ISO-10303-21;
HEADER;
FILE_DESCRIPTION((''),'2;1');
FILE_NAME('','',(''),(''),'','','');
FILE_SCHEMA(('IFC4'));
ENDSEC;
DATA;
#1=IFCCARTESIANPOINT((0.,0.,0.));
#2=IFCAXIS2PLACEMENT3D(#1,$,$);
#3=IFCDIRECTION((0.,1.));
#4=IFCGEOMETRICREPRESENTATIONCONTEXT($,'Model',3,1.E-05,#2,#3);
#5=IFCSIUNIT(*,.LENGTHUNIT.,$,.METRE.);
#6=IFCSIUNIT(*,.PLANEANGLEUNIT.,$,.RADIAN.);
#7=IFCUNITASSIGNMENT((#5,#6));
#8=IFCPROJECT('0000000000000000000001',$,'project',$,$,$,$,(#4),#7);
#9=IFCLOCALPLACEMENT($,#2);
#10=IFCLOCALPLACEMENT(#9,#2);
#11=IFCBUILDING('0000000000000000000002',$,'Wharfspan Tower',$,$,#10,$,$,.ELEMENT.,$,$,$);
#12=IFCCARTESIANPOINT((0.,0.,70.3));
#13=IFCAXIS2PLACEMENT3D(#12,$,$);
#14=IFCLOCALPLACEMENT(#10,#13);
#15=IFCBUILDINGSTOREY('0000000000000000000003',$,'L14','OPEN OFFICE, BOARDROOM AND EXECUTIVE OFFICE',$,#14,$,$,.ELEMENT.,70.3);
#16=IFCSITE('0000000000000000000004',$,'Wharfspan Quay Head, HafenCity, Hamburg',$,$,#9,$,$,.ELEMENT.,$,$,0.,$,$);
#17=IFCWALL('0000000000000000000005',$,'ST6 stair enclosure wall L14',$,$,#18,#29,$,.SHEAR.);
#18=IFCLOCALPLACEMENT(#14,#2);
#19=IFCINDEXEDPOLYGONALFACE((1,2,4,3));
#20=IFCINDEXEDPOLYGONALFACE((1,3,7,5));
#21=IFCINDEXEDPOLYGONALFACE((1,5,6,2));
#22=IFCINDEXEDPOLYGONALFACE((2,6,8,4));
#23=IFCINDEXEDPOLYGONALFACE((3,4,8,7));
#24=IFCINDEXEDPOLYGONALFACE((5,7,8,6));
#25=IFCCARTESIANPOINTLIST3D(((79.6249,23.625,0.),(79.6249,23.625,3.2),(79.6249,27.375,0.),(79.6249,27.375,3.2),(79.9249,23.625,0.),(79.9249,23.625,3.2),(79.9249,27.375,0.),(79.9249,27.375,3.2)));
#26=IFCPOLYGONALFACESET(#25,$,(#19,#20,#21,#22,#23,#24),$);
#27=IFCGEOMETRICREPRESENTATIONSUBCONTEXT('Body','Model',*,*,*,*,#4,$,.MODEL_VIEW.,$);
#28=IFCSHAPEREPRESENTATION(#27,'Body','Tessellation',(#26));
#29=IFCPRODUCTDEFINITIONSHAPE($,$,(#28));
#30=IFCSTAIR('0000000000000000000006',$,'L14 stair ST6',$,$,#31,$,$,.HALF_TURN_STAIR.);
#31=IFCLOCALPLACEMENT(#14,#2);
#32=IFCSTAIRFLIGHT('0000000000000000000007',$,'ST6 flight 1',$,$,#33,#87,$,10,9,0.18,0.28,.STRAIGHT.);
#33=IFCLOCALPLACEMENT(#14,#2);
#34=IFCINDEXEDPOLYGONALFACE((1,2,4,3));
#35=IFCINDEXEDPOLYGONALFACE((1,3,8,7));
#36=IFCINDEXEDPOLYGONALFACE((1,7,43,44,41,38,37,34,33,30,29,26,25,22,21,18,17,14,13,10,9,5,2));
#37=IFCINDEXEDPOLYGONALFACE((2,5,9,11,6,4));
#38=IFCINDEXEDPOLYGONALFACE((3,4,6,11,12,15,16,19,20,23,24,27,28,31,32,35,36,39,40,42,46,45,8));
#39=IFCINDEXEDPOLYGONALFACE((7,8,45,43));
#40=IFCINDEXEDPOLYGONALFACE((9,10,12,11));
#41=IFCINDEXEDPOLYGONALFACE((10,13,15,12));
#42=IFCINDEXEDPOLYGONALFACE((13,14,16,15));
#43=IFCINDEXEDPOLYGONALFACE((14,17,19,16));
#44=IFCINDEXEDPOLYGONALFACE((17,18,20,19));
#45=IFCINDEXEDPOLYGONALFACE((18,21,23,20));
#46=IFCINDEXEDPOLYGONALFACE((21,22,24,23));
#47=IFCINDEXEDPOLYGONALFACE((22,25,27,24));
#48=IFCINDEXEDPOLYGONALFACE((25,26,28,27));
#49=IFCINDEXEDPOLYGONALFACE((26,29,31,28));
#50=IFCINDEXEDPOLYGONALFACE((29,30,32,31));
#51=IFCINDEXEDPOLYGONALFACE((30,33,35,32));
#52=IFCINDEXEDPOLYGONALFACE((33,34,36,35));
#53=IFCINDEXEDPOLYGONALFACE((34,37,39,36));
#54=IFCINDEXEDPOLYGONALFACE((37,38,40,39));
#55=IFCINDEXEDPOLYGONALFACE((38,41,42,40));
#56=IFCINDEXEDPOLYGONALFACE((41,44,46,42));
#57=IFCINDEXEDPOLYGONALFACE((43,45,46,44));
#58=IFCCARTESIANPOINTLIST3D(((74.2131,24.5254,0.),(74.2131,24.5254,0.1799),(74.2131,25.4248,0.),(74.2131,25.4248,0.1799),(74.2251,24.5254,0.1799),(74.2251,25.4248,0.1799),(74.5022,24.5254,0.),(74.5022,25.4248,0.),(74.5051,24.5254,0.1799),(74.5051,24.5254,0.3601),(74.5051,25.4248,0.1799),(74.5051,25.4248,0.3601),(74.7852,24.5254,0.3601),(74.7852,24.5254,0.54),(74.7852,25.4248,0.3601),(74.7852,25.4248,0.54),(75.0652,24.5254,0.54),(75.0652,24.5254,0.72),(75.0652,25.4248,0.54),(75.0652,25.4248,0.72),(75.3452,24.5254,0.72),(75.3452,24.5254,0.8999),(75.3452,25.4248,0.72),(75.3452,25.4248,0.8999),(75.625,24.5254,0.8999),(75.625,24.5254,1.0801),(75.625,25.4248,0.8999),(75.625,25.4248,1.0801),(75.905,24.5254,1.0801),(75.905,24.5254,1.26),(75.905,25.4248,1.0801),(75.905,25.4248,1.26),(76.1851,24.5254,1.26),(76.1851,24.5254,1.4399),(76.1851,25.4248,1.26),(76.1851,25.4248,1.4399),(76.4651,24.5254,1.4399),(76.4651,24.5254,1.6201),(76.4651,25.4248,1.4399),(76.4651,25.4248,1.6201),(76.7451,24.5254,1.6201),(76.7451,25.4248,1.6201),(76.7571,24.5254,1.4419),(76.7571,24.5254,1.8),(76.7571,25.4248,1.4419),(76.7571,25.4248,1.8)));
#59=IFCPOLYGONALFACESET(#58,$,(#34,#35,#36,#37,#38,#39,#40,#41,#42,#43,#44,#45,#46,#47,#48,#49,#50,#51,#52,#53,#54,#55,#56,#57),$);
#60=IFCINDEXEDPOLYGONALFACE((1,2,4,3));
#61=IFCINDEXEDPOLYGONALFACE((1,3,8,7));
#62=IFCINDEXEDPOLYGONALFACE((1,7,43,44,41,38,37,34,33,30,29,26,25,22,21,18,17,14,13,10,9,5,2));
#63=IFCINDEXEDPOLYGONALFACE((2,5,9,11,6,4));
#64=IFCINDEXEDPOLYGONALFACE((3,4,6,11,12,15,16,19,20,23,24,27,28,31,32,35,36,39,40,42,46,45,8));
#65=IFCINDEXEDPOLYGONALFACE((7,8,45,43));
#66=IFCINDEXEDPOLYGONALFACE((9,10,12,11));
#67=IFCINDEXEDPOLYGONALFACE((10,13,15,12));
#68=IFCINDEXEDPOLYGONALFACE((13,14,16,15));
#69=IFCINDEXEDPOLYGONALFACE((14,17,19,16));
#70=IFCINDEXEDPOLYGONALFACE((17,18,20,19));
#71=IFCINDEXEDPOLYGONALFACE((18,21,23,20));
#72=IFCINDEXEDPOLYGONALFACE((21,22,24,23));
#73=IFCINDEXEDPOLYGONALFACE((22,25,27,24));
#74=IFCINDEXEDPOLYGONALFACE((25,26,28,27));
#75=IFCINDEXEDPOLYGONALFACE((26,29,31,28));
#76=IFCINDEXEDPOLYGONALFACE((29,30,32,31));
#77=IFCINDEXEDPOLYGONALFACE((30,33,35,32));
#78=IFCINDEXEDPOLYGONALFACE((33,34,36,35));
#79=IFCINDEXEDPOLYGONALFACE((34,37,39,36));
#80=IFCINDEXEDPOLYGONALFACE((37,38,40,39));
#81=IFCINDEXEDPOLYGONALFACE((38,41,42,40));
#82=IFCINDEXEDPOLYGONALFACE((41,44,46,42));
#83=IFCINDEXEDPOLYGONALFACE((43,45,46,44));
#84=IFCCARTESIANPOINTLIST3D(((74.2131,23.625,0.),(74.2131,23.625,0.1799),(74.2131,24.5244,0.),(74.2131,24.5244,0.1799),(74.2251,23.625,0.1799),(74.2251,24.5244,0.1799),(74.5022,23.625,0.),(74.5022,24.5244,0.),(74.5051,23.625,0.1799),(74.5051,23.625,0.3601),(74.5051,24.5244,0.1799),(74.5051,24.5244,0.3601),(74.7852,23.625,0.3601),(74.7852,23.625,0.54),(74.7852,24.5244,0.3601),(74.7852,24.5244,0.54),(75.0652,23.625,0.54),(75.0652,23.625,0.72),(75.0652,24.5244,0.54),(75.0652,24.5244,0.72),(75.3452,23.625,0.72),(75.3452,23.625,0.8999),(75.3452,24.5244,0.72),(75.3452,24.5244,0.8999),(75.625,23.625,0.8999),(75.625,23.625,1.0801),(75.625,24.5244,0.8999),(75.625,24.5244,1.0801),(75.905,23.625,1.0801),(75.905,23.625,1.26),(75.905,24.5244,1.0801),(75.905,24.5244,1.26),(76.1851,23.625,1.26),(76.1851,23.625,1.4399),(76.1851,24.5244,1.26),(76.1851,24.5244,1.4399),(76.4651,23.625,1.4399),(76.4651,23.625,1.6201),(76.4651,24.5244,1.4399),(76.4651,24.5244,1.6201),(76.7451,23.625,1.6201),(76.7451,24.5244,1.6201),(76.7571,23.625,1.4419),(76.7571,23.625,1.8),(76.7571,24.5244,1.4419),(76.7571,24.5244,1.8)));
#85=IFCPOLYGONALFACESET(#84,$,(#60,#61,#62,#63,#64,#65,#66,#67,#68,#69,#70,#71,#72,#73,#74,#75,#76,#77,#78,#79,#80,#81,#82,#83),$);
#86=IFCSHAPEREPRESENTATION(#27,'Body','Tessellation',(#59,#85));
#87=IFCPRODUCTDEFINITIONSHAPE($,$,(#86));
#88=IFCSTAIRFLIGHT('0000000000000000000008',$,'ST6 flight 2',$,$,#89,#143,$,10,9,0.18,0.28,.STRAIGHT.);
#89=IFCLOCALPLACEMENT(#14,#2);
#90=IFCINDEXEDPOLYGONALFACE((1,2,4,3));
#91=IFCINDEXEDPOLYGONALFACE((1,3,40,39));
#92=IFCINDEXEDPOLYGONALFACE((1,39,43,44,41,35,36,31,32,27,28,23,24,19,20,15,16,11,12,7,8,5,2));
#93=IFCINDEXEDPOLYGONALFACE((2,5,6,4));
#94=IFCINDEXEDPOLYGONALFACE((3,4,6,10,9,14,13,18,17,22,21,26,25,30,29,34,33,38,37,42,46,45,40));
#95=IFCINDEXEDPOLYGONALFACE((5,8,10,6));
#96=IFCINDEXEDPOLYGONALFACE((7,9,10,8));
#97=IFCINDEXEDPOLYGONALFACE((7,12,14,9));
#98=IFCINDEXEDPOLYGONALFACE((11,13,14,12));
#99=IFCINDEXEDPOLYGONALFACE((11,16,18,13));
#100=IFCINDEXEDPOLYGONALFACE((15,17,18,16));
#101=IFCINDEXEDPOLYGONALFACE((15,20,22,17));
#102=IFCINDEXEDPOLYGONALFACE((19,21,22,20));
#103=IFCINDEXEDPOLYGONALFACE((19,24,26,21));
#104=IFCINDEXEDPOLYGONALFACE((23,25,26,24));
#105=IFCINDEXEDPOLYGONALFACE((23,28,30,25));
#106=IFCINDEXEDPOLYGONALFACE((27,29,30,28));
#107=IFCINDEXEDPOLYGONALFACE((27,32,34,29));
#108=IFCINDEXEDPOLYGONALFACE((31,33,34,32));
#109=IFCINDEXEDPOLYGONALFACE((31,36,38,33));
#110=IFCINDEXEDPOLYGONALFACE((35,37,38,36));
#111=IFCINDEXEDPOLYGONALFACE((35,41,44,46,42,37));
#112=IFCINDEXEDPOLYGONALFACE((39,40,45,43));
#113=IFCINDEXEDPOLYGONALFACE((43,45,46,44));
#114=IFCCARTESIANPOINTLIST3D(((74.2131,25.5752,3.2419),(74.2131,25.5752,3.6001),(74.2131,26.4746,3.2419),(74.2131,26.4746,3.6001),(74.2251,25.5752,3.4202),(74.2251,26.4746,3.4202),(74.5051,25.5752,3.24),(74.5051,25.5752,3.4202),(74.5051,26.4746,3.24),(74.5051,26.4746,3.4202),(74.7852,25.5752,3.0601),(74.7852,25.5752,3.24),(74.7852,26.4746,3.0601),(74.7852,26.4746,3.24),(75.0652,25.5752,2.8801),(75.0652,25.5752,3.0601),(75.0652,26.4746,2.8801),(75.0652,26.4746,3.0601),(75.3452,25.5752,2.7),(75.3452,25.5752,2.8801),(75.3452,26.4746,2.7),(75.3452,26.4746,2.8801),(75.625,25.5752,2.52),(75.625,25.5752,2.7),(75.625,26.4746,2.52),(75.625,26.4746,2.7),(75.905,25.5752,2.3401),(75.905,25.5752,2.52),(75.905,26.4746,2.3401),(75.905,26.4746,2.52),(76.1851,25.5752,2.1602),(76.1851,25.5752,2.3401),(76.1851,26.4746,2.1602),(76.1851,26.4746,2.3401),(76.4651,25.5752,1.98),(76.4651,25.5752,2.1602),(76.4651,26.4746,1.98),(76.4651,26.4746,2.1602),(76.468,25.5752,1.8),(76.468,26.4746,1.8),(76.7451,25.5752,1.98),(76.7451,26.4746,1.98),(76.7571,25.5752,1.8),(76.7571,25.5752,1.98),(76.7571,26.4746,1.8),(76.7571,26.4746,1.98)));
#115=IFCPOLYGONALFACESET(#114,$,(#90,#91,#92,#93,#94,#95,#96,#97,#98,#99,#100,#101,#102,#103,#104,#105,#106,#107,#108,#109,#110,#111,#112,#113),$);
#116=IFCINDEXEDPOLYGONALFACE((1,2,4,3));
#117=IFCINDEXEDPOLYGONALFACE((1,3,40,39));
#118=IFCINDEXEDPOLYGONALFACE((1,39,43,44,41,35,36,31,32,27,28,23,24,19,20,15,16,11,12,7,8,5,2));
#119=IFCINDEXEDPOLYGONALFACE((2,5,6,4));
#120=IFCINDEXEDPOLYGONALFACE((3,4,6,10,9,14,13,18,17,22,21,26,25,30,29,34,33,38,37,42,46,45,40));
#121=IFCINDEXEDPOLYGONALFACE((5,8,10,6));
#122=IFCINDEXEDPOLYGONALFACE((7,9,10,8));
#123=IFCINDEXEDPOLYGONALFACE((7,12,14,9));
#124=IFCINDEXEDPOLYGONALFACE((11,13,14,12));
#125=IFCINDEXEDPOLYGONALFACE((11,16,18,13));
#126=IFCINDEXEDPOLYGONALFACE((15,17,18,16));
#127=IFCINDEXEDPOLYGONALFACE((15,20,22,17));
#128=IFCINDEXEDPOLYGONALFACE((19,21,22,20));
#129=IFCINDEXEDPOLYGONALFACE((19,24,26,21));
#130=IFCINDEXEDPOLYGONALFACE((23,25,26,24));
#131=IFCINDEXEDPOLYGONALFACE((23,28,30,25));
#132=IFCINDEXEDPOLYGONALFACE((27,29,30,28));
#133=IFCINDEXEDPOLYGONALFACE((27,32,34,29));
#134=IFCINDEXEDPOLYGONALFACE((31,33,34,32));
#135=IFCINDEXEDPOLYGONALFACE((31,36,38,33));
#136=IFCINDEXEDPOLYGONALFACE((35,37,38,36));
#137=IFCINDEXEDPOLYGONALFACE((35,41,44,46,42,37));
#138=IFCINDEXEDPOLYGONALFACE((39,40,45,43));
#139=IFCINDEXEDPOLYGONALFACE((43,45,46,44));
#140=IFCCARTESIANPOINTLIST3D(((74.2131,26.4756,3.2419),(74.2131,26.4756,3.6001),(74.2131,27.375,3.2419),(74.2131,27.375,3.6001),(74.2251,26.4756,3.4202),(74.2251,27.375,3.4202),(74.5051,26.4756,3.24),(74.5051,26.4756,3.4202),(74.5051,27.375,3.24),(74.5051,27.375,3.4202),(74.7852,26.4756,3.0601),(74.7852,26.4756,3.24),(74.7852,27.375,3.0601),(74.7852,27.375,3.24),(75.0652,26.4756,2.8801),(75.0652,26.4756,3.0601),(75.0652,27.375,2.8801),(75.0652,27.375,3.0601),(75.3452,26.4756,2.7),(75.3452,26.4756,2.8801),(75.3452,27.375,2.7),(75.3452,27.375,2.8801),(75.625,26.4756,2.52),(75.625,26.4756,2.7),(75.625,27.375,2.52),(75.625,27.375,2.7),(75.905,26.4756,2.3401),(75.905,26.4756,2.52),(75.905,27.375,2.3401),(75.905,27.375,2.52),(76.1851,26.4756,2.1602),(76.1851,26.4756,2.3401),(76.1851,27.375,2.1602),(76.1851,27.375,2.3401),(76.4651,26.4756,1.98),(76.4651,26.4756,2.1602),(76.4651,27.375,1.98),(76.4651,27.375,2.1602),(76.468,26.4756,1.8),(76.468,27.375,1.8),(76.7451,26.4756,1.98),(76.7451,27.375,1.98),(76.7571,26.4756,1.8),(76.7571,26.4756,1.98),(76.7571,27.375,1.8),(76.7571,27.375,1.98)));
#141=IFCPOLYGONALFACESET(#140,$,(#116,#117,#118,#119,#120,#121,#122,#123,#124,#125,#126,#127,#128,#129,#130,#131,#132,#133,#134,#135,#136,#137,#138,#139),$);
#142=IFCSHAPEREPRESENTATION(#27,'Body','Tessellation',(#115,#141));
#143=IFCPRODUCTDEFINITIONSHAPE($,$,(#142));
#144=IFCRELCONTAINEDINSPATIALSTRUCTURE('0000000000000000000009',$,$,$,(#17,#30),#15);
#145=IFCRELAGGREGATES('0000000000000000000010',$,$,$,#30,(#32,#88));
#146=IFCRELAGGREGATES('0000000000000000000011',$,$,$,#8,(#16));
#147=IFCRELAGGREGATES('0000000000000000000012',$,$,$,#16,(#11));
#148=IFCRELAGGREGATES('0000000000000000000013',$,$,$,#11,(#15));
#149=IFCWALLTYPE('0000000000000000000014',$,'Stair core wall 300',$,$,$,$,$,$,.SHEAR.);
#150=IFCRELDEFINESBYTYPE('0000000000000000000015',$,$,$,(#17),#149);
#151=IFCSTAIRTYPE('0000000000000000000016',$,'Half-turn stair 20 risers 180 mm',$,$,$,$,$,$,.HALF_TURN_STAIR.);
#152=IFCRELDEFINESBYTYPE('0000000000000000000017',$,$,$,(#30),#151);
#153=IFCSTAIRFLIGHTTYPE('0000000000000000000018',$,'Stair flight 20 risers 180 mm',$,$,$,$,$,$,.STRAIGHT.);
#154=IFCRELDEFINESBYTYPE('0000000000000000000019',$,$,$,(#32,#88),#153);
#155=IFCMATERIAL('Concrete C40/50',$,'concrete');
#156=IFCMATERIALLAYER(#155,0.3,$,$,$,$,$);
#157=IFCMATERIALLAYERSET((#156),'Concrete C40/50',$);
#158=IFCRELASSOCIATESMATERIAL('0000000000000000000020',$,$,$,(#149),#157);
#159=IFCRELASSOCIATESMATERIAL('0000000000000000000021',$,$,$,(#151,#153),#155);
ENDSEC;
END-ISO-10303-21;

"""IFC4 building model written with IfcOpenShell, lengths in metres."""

from ifc_helpers import new_model, si_unit, direction, frame, frame_2d, origin, place, context, subcontext, project, spatial, polyline, rectangle, outline, extrude, material, layer, layer_set, type_object, element, aggregate, save


model = new_model("IFC4")

# Units and contexts
model_context = context("Model", 3, precision=1e-05, world=origin(), true_north=direction((0.0, 1.0)))
body_context = subcontext(model_context, "Body", "Model", "MODEL_VIEW")
ifc_project = project(units=[si_unit("LENGTHUNIT", "METRE"), si_unit("PLANEANGLEUNIT", "RADIAN")], contexts=[model_context])

# Site, building, storey
site_placement = place(None, origin())
site = spatial("IfcSite", under=ifc_project, at=site_placement, Name="Wharfspan Quay Head, HafenCity, Hamburg", CompositionType="ELEMENT", RefElevation=0.0)
building_placement = place(site_placement, origin())
building = spatial("IfcBuilding", under=site, at=building_placement, Name="Wharfspan Tower", CompositionType="ELEMENT")
storey_placement = place(building_placement, frame((0.0, 0.0, 70.3)))
storey = spatial("IfcBuildingStorey", under=building, at=storey_placement, Name="L14", Description="OPEN OFFICE, BOARDROOM AND EXECUTIVE OFFICE", CompositionType="ELEMENT", Elevation=70.3)

# Shared definitions
ifc_material_1 = material(Name="Concrete C40/50", Category="concrete")
ifc_layer_1 = layer(ifc_material_1, 0.3)
ifc_layer_set_1 = layer_set([ifc_layer_1], Name="Concrete C40/50")
wall_type_1 = type_object("IfcWallType", Name="Stair core wall 300", PredefinedType="SHEAR", material=ifc_layer_set_1)

# Wall
wall_1_placement = place(storey_placement, frame((79.7749, 23.625, 0.0), z_axis=(0.0, 0.0, 1.0), x_axis=(0.0, 1.0, 0.0)))
element("IfcWall", 1, at=wall_1_placement, inside=storey, type_object=wall_type_1, Name="ST6 stair enclosure wall L14", PredefinedType="SHEAR", context=body_context, shape_type="SweptSolid", body=[
    extrude(rectangle(XDim=3.75, YDim=0.3, at=frame_2d((1.875, 0.0))), origin(), (0.0, 0.0, 1.0), 3.2),
])

# Stair, stair flights
stair_type = type_object("IfcStairType", Name="Half-turn stair 20 risers 180 mm", PredefinedType="HALF_TURN_STAIR", material=ifc_material_1)
stair_placement = place(storey_placement, origin())
stair = element("IfcStair", 2, at=stair_placement, inside=storey, type_object=stair_type, Name="L14 stair ST6", PredefinedType="HALF_TURN_STAIR")
stair_flight_type = type_object("IfcStairFlightType", Name="Stair flight 20 risers 180 mm", PredefinedType="STRAIGHT", material=ifc_material_1)
stair_flight_1_placement = place(storey_placement, frame((74.2251, 24.5249, 0.0), z_axis=(0.0, 0.0, 1.0), x_axis=(1.0, 0.0, 0.0)))
stair_flight_1 = element("IfcStairFlight", 3, at=stair_flight_1_placement, type_object=stair_flight_type, Name="ST6 flight 1", NumberOfRisers=10, NumberOfTreads=9, PredefinedType="STRAIGHT", RiserHeight=0.18, TreadLength=0.28, context=body_context, shape_type="SweptSolid", body=[
    extrude(outline(polyline([(-0.012, 0.0), (-0.012, 0.1799), (0.0, 0.1799), (0.28, 0.1799), (0.28, 0.3601), (0.5601, 0.3601), (0.5601, 0.54), (0.8401, 0.54), (0.8401, 0.72), (1.1201, 0.72), (1.1201, 0.8999), (1.3999, 0.8999), (1.3999, 1.0801), (1.6799, 1.0801), (1.6799, 1.26), (1.96, 1.26), (1.96, 1.4399), (2.24, 1.4399), (2.24, 1.6201), (2.52, 1.6201), (2.532, 1.8), (2.532, 1.4419), (0.2771, 0.0), (-0.012, 0.0)])), frame((0.0, 0.8999, 0.0), z_axis=(0.0, -1.0, 0.0), x_axis=(1.0, 0.0, 0.0)), (0.0, 0.0, 1.0), 0.8994),
    extrude(outline(polyline([(-0.012, 0.0), (-0.012, 0.1799), (0.0, 0.1799), (0.28, 0.1799), (0.28, 0.3601), (0.5601, 0.3601), (0.5601, 0.54), (0.8401, 0.54), (0.8401, 0.72), (1.1201, 0.72), (1.1201, 0.8999), (1.3999, 0.8999), (1.3999, 1.0801), (1.6799, 1.0801), (1.6799, 1.26), (1.96, 1.26), (1.96, 1.4399), (2.24, 1.4399), (2.24, 1.6201), (2.52, 1.6201), (2.532, 1.8), (2.532, 1.4419), (0.2771, 0.0), (-0.012, 0.0)])), frame((0.0, -0.0005, 0.0), z_axis=(0.0, -1.0, 0.0), x_axis=(1.0, 0.0, 0.0)), (0.0, 0.0, 1.0), 0.8994),
])
stair_flight_2_placement = place(storey_placement, frame((76.7451, 26.4751, 1.8), z_axis=(0.0, 0.0, 1.0), x_axis=(-1.0, 0.0, 0.0)))
stair_flight_2 = element("IfcStairFlight", 4, at=stair_flight_2_placement, type_object=stair_flight_type, Name="ST6 flight 2", NumberOfRisers=10, NumberOfTreads=9, PredefinedType="STRAIGHT", RiserHeight=0.18, TreadLength=0.28, context=body_context, shape_type="SweptSolid", body=[
    extrude(outline(polyline([(-0.012, 0.0), (-0.012, 0.1799), (0.0, 0.1799), (0.28, 0.1799), (0.28, 0.3601), (0.5601, 0.3601), (0.5601, 0.54), (0.8401, 0.54), (0.8401, 0.72), (1.1201, 0.72), (1.1201, 0.8999), (1.3999, 0.8999), (1.3999, 1.0801), (1.6799, 1.0801), (1.6799, 1.26), (1.96, 1.26), (1.96, 1.4399), (2.24, 1.4399), (2.24, 1.6201), (2.52, 1.6201), (2.532, 1.8), (2.532, 1.4419), (0.2771, 0.0), (-0.012, 0.0)])), frame((0.0, 0.8999, 0.0), z_axis=(0.0, -1.0, 0.0), x_axis=(1.0, 0.0, 0.0)), (0.0, 0.0, 1.0), 0.8994),
    extrude(outline(polyline([(-0.012, 0.0), (-0.012, 0.1799), (0.0, 0.1799), (0.28, 0.1799), (0.28, 0.3601), (0.5601, 0.3601), (0.5601, 0.54), (0.8401, 0.54), (0.8401, 0.72), (1.1201, 0.72), (1.1201, 0.8999), (1.3999, 0.8999), (1.3999, 1.0801), (1.6799, 1.0801), (1.6799, 1.26), (1.96, 1.26), (1.96, 1.4399), (2.24, 1.4399), (2.24, 1.6201), (2.52, 1.6201), (2.532, 1.8), (2.532, 1.4419), (0.2771, 0.0), (-0.012, 0.0)])), frame((0.0, -0.0005, 0.0), z_axis=(0.0, -1.0, 0.0), x_axis=(1.0, 0.0, 0.0)), (0.0, 0.0, 1.0), 0.8994),
])
aggregate(stair, [stair_flight_1, stair_flight_2])

save(model, "model.ifc")
